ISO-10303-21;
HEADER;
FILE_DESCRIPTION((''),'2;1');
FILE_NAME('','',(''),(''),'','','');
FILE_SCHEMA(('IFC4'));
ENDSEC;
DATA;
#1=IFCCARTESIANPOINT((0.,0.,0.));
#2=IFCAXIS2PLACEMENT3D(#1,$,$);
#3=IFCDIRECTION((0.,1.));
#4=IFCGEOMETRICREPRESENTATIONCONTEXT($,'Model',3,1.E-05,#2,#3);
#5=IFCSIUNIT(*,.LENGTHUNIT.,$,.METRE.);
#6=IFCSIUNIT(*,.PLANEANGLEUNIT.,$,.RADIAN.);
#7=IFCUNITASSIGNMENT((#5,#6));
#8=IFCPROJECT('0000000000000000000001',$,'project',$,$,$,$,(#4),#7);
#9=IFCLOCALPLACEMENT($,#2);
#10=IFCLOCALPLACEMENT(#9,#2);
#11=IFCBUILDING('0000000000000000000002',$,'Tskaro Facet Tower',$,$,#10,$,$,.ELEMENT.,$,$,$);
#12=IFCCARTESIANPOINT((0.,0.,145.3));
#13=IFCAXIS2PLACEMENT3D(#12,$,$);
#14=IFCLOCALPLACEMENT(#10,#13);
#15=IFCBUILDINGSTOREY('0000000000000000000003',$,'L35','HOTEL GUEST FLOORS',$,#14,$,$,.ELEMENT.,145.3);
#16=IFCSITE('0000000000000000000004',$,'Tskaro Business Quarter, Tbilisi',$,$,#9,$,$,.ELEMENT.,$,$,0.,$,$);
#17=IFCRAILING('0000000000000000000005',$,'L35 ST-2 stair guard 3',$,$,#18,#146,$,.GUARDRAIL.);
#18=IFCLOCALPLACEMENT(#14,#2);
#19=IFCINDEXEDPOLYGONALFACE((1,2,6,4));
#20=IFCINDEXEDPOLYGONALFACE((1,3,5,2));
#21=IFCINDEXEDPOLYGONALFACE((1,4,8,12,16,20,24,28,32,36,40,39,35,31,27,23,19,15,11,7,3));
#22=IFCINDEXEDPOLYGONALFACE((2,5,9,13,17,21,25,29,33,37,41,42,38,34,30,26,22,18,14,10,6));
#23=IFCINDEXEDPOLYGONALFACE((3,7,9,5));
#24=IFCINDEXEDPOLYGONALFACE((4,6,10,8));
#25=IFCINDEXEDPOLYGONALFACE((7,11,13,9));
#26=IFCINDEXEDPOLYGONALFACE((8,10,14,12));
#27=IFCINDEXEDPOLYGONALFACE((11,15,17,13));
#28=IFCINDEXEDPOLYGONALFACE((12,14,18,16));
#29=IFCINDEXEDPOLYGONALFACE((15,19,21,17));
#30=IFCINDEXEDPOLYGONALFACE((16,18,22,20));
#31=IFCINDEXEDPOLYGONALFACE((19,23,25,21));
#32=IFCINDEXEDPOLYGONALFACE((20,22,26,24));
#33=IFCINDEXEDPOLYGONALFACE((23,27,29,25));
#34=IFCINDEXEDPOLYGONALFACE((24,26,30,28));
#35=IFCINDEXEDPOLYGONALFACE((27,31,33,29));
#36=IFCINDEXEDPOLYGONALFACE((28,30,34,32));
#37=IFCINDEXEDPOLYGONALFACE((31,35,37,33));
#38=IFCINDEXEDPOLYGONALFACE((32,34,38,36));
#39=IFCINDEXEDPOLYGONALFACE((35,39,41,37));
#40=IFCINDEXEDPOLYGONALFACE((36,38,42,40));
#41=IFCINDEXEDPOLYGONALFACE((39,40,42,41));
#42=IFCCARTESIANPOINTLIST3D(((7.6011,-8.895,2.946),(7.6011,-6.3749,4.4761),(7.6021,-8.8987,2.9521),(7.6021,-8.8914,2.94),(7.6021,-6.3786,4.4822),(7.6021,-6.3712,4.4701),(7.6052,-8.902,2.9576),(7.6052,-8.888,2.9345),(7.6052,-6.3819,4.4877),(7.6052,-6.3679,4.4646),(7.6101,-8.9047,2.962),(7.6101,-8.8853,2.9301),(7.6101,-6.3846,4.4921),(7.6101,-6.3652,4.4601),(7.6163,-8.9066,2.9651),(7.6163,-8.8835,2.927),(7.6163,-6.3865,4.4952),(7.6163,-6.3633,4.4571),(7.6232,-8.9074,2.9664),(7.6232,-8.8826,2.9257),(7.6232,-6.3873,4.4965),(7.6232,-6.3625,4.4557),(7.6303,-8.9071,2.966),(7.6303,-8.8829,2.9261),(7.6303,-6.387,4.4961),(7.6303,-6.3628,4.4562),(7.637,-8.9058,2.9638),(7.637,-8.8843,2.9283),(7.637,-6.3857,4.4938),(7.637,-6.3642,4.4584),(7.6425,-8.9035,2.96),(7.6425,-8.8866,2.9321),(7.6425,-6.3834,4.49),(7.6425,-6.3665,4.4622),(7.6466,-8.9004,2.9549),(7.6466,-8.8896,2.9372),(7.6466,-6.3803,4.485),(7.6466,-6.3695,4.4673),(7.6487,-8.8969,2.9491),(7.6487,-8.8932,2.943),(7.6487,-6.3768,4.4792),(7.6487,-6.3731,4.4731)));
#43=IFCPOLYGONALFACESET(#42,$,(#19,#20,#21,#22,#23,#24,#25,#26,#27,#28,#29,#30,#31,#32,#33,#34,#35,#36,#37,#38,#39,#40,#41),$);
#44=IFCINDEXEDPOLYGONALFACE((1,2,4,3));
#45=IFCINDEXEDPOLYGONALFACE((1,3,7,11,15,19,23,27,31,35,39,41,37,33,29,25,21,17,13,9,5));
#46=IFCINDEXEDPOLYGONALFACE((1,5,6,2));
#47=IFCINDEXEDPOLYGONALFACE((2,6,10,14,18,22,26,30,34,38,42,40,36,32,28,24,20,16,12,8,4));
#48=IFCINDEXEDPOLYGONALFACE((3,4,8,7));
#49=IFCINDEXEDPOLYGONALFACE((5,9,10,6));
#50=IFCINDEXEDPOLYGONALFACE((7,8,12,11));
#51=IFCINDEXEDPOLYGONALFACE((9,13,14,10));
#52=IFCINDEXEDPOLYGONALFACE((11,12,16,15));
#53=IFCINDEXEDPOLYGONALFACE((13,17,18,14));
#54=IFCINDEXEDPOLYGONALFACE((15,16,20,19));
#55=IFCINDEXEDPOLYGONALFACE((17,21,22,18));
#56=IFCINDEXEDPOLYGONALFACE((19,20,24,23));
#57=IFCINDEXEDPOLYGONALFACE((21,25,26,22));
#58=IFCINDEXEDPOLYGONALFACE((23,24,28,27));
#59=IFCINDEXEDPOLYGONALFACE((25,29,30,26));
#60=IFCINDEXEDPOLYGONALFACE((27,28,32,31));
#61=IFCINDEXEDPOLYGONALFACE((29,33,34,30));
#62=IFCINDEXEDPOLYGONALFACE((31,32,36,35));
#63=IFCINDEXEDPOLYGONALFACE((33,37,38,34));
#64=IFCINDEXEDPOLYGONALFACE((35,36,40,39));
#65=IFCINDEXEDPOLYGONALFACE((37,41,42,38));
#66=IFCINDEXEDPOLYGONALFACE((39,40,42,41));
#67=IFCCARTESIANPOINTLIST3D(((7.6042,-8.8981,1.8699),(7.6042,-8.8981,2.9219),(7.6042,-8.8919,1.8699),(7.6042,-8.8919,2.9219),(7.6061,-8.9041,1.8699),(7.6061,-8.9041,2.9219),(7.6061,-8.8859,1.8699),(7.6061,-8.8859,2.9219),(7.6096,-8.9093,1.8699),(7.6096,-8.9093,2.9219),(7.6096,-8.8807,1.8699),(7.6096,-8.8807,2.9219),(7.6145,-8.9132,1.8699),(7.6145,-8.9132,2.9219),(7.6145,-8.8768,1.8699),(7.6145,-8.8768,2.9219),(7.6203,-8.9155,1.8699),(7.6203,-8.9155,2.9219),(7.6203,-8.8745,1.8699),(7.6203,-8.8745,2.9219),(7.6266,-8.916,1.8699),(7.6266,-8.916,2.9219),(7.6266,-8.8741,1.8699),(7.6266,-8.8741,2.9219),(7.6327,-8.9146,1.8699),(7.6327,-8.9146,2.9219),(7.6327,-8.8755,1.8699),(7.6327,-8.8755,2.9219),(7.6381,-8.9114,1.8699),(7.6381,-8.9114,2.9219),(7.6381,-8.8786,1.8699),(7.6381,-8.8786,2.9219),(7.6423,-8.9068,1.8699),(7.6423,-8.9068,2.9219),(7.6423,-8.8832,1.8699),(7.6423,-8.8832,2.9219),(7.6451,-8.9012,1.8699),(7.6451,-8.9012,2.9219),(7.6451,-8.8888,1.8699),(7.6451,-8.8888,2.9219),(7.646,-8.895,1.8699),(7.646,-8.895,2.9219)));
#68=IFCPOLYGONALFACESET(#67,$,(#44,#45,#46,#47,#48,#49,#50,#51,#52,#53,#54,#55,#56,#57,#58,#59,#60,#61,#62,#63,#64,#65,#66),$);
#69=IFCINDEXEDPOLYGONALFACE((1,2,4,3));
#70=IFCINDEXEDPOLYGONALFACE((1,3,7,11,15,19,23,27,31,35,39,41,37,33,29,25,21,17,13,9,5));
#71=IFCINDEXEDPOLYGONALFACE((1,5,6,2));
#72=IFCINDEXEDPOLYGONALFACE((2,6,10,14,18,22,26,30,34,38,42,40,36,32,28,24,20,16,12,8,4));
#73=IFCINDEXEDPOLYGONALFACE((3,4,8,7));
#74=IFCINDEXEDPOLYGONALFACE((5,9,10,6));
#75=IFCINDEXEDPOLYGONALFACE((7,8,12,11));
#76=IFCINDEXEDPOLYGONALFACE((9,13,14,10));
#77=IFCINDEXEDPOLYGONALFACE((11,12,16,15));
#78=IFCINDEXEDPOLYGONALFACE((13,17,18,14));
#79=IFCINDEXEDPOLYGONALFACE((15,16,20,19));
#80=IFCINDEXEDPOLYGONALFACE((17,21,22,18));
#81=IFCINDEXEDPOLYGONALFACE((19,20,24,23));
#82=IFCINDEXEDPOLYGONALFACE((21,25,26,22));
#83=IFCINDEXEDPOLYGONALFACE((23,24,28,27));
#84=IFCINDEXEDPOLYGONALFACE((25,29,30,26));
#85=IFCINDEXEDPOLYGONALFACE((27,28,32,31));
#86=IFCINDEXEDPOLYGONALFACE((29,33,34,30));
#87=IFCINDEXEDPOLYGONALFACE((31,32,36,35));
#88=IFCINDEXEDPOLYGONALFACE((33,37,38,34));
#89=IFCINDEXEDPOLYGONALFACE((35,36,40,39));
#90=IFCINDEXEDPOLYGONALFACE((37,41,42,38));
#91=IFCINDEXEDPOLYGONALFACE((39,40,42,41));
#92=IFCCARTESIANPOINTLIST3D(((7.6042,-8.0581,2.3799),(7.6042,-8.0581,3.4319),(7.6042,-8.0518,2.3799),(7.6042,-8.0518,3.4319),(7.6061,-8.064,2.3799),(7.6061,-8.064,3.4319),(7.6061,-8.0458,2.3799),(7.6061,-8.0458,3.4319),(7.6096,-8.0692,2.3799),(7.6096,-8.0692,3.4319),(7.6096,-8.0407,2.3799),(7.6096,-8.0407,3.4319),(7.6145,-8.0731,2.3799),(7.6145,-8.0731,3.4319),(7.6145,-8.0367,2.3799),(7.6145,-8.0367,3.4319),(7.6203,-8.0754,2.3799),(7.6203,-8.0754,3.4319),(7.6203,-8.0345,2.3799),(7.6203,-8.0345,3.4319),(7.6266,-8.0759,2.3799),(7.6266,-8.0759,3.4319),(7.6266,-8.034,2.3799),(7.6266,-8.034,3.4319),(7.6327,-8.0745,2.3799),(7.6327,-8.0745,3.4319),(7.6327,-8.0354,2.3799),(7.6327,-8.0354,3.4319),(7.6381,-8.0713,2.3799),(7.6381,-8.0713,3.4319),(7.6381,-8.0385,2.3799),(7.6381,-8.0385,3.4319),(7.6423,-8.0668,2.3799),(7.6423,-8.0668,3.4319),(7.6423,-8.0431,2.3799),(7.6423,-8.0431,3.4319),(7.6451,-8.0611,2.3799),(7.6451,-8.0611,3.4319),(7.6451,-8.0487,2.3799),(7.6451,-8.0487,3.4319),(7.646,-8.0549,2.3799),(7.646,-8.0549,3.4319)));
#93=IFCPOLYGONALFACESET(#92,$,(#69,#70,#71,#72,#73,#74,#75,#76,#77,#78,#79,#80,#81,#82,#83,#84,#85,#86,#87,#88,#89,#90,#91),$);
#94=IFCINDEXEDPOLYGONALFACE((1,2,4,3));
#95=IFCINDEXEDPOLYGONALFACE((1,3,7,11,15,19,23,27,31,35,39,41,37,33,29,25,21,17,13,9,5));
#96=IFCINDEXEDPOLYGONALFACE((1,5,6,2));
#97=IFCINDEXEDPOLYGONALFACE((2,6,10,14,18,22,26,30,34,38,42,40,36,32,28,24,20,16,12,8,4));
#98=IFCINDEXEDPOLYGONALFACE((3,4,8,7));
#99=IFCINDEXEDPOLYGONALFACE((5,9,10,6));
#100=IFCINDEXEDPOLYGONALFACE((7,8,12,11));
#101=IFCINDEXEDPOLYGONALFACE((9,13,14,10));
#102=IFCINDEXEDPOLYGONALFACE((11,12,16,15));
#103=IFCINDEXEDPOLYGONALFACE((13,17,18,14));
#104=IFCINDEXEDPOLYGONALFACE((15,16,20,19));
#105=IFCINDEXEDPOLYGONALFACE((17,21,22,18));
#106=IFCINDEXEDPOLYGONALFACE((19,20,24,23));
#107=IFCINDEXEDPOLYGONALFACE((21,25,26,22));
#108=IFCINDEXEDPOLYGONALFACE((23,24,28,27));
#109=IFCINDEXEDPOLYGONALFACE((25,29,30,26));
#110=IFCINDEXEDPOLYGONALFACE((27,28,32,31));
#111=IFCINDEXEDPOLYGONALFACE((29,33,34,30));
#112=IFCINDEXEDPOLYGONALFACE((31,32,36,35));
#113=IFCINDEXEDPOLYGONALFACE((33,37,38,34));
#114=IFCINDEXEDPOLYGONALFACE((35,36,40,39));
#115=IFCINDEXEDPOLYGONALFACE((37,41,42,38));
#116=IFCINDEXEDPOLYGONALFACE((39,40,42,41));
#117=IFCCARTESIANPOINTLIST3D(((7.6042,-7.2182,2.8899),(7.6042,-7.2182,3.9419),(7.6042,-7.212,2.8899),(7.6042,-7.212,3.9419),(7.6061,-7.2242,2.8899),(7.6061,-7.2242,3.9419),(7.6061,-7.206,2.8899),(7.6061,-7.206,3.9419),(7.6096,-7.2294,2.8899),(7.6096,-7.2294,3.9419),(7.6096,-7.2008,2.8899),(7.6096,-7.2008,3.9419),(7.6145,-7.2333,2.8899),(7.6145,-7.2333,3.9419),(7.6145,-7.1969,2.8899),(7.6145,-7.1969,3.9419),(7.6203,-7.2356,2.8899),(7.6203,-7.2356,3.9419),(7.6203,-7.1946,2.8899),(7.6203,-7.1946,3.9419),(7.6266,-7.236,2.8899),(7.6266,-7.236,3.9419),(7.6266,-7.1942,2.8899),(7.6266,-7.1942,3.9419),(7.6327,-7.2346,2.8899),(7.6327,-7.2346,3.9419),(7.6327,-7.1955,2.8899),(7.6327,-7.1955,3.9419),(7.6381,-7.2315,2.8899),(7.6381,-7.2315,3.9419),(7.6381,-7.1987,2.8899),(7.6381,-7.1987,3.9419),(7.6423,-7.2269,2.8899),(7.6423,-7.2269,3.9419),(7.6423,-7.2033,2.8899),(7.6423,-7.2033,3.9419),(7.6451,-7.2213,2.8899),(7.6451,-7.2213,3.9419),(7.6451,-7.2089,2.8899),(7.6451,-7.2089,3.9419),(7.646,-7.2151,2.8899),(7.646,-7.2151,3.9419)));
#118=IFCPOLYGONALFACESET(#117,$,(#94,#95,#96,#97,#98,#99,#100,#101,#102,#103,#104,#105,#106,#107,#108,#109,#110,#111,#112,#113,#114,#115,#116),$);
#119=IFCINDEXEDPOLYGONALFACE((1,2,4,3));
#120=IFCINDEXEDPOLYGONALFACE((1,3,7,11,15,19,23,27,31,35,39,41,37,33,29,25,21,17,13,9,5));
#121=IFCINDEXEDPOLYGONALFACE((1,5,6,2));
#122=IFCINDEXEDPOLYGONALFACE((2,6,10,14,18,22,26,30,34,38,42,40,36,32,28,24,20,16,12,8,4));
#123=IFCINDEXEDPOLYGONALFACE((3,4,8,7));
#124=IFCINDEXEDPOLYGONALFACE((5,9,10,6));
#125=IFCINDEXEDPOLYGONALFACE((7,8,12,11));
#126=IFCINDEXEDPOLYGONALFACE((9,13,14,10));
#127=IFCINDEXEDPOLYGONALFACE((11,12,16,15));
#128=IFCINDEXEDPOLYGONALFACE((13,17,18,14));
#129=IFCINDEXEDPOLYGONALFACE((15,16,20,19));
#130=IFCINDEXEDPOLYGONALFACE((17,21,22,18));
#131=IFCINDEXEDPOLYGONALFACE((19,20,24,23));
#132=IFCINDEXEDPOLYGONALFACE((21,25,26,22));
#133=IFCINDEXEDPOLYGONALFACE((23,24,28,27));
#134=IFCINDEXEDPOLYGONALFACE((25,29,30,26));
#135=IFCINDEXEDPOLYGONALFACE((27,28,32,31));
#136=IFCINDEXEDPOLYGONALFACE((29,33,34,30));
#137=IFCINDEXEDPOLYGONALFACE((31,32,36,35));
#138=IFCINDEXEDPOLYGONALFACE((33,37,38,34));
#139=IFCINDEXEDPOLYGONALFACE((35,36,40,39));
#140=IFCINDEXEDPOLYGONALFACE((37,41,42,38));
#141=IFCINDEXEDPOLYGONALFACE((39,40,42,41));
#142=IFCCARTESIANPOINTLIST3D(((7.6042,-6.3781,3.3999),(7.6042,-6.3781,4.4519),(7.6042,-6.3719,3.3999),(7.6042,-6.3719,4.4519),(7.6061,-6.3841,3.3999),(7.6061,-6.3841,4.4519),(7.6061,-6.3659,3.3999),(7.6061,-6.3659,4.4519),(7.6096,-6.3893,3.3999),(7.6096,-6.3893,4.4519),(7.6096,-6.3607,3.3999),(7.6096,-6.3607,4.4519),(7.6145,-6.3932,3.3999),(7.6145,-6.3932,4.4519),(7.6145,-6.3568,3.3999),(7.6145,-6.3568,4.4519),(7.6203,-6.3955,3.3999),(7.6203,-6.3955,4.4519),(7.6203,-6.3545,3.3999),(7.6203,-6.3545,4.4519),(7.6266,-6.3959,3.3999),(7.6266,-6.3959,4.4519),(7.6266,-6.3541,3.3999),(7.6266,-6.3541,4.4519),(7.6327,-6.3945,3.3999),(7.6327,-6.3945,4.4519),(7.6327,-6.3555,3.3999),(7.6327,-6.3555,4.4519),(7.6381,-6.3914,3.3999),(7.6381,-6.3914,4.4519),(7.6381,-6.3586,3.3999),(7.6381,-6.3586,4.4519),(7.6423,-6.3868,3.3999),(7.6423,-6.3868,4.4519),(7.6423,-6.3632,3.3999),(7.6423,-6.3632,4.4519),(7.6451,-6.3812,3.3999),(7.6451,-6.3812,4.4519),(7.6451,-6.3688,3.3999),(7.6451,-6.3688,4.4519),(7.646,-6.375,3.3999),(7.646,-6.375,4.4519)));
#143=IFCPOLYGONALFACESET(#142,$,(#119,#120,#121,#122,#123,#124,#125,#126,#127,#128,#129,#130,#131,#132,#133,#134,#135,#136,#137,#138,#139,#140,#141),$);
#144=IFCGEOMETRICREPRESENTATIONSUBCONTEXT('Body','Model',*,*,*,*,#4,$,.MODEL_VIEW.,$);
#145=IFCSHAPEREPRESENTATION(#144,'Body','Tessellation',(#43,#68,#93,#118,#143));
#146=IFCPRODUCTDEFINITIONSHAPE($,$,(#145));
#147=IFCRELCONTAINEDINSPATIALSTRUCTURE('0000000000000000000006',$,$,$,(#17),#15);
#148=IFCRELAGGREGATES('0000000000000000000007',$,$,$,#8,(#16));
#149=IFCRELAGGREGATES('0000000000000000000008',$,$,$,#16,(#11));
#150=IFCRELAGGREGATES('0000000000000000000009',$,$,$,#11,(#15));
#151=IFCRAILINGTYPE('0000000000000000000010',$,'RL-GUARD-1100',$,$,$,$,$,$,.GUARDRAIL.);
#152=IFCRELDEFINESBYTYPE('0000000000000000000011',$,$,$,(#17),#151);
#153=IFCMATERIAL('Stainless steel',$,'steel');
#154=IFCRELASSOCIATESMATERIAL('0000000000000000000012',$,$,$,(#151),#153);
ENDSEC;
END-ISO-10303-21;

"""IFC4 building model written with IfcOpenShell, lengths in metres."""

from ifc_helpers import new_model, si_unit, direction, frame, origin, origin_2d, place, context, subcontext, project, spatial, circle, extrude, material, type_object, element, save


model = new_model("IFC4")

# Units and contexts
model_context = context("Model", 3, precision=1e-05, world=origin(), true_north=direction((0.0, 1.0)))
body_context = subcontext(model_context, "Body", "Model", "MODEL_VIEW")
ifc_project = project(units=[si_unit("LENGTHUNIT", "METRE"), si_unit("PLANEANGLEUNIT", "RADIAN")], contexts=[model_context])

# Site, building, storey
site_placement = place(None, origin())
site = spatial("IfcSite", under=ifc_project, at=site_placement, Name="Tskaro Business Quarter, Tbilisi", CompositionType="ELEMENT", RefElevation=0.0)
building_placement = place(site_placement, origin())
building = spatial("IfcBuilding", under=site, at=building_placement, Name="Tskaro Facet Tower", CompositionType="ELEMENT")
storey_placement = place(building_placement, frame((0.0, 0.0, 145.3)))
storey = spatial("IfcBuildingStorey", under=building, at=storey_placement, Name="L35", Description="HOTEL GUEST FLOORS", CompositionType="ELEMENT", Elevation=145.3)

# Railing
ifc_material_1 = material(Name="Stainless steel", Category="steel")
railing_type = type_object("IfcRailingType", Name="RL-GUARD-1100", PredefinedType="GUARDRAIL", material=ifc_material_1)
railing_1_placement = place(storey_placement, frame((7.625, -8.895, 1.8699)))
element("IfcRailing", 1, at=railing_1_placement, inside=storey, type_object=railing_type, Name="L35 ST-2 stair guard 3", PredefinedType="GUARDRAIL", context=body_context, shape_type="SweptSolid", body=[
    extrude(circle(Radius=0.0239, at=origin_2d()), frame((0.0, 0.0, 1.0762), z_axis=(0.0, 0.854785, 0.518982), x_axis=(-1.0, 0.0, 0.0)), (0.0, 0.0, 1.0), 2.9482),
    extrude(circle(Radius=0.021, at=origin_2d()), origin(), (0.0, 0.0, 1.0), 1.052),
    extrude(circle(Radius=0.021, at=origin_2d()), frame((0.0, 0.8401, 0.51)), (0.0, 0.0, 1.0), 1.052),
    extrude(circle(Radius=0.021, at=origin_2d()), frame((0.0, 1.6799, 1.02)), (0.0, 0.0, 1.0), 1.052),
    extrude(circle(Radius=0.021, at=origin_2d()), frame((0.0, 2.52, 1.53)), (0.0, 0.0, 1.0), 1.052),
])

save(model, "model.ifc")
